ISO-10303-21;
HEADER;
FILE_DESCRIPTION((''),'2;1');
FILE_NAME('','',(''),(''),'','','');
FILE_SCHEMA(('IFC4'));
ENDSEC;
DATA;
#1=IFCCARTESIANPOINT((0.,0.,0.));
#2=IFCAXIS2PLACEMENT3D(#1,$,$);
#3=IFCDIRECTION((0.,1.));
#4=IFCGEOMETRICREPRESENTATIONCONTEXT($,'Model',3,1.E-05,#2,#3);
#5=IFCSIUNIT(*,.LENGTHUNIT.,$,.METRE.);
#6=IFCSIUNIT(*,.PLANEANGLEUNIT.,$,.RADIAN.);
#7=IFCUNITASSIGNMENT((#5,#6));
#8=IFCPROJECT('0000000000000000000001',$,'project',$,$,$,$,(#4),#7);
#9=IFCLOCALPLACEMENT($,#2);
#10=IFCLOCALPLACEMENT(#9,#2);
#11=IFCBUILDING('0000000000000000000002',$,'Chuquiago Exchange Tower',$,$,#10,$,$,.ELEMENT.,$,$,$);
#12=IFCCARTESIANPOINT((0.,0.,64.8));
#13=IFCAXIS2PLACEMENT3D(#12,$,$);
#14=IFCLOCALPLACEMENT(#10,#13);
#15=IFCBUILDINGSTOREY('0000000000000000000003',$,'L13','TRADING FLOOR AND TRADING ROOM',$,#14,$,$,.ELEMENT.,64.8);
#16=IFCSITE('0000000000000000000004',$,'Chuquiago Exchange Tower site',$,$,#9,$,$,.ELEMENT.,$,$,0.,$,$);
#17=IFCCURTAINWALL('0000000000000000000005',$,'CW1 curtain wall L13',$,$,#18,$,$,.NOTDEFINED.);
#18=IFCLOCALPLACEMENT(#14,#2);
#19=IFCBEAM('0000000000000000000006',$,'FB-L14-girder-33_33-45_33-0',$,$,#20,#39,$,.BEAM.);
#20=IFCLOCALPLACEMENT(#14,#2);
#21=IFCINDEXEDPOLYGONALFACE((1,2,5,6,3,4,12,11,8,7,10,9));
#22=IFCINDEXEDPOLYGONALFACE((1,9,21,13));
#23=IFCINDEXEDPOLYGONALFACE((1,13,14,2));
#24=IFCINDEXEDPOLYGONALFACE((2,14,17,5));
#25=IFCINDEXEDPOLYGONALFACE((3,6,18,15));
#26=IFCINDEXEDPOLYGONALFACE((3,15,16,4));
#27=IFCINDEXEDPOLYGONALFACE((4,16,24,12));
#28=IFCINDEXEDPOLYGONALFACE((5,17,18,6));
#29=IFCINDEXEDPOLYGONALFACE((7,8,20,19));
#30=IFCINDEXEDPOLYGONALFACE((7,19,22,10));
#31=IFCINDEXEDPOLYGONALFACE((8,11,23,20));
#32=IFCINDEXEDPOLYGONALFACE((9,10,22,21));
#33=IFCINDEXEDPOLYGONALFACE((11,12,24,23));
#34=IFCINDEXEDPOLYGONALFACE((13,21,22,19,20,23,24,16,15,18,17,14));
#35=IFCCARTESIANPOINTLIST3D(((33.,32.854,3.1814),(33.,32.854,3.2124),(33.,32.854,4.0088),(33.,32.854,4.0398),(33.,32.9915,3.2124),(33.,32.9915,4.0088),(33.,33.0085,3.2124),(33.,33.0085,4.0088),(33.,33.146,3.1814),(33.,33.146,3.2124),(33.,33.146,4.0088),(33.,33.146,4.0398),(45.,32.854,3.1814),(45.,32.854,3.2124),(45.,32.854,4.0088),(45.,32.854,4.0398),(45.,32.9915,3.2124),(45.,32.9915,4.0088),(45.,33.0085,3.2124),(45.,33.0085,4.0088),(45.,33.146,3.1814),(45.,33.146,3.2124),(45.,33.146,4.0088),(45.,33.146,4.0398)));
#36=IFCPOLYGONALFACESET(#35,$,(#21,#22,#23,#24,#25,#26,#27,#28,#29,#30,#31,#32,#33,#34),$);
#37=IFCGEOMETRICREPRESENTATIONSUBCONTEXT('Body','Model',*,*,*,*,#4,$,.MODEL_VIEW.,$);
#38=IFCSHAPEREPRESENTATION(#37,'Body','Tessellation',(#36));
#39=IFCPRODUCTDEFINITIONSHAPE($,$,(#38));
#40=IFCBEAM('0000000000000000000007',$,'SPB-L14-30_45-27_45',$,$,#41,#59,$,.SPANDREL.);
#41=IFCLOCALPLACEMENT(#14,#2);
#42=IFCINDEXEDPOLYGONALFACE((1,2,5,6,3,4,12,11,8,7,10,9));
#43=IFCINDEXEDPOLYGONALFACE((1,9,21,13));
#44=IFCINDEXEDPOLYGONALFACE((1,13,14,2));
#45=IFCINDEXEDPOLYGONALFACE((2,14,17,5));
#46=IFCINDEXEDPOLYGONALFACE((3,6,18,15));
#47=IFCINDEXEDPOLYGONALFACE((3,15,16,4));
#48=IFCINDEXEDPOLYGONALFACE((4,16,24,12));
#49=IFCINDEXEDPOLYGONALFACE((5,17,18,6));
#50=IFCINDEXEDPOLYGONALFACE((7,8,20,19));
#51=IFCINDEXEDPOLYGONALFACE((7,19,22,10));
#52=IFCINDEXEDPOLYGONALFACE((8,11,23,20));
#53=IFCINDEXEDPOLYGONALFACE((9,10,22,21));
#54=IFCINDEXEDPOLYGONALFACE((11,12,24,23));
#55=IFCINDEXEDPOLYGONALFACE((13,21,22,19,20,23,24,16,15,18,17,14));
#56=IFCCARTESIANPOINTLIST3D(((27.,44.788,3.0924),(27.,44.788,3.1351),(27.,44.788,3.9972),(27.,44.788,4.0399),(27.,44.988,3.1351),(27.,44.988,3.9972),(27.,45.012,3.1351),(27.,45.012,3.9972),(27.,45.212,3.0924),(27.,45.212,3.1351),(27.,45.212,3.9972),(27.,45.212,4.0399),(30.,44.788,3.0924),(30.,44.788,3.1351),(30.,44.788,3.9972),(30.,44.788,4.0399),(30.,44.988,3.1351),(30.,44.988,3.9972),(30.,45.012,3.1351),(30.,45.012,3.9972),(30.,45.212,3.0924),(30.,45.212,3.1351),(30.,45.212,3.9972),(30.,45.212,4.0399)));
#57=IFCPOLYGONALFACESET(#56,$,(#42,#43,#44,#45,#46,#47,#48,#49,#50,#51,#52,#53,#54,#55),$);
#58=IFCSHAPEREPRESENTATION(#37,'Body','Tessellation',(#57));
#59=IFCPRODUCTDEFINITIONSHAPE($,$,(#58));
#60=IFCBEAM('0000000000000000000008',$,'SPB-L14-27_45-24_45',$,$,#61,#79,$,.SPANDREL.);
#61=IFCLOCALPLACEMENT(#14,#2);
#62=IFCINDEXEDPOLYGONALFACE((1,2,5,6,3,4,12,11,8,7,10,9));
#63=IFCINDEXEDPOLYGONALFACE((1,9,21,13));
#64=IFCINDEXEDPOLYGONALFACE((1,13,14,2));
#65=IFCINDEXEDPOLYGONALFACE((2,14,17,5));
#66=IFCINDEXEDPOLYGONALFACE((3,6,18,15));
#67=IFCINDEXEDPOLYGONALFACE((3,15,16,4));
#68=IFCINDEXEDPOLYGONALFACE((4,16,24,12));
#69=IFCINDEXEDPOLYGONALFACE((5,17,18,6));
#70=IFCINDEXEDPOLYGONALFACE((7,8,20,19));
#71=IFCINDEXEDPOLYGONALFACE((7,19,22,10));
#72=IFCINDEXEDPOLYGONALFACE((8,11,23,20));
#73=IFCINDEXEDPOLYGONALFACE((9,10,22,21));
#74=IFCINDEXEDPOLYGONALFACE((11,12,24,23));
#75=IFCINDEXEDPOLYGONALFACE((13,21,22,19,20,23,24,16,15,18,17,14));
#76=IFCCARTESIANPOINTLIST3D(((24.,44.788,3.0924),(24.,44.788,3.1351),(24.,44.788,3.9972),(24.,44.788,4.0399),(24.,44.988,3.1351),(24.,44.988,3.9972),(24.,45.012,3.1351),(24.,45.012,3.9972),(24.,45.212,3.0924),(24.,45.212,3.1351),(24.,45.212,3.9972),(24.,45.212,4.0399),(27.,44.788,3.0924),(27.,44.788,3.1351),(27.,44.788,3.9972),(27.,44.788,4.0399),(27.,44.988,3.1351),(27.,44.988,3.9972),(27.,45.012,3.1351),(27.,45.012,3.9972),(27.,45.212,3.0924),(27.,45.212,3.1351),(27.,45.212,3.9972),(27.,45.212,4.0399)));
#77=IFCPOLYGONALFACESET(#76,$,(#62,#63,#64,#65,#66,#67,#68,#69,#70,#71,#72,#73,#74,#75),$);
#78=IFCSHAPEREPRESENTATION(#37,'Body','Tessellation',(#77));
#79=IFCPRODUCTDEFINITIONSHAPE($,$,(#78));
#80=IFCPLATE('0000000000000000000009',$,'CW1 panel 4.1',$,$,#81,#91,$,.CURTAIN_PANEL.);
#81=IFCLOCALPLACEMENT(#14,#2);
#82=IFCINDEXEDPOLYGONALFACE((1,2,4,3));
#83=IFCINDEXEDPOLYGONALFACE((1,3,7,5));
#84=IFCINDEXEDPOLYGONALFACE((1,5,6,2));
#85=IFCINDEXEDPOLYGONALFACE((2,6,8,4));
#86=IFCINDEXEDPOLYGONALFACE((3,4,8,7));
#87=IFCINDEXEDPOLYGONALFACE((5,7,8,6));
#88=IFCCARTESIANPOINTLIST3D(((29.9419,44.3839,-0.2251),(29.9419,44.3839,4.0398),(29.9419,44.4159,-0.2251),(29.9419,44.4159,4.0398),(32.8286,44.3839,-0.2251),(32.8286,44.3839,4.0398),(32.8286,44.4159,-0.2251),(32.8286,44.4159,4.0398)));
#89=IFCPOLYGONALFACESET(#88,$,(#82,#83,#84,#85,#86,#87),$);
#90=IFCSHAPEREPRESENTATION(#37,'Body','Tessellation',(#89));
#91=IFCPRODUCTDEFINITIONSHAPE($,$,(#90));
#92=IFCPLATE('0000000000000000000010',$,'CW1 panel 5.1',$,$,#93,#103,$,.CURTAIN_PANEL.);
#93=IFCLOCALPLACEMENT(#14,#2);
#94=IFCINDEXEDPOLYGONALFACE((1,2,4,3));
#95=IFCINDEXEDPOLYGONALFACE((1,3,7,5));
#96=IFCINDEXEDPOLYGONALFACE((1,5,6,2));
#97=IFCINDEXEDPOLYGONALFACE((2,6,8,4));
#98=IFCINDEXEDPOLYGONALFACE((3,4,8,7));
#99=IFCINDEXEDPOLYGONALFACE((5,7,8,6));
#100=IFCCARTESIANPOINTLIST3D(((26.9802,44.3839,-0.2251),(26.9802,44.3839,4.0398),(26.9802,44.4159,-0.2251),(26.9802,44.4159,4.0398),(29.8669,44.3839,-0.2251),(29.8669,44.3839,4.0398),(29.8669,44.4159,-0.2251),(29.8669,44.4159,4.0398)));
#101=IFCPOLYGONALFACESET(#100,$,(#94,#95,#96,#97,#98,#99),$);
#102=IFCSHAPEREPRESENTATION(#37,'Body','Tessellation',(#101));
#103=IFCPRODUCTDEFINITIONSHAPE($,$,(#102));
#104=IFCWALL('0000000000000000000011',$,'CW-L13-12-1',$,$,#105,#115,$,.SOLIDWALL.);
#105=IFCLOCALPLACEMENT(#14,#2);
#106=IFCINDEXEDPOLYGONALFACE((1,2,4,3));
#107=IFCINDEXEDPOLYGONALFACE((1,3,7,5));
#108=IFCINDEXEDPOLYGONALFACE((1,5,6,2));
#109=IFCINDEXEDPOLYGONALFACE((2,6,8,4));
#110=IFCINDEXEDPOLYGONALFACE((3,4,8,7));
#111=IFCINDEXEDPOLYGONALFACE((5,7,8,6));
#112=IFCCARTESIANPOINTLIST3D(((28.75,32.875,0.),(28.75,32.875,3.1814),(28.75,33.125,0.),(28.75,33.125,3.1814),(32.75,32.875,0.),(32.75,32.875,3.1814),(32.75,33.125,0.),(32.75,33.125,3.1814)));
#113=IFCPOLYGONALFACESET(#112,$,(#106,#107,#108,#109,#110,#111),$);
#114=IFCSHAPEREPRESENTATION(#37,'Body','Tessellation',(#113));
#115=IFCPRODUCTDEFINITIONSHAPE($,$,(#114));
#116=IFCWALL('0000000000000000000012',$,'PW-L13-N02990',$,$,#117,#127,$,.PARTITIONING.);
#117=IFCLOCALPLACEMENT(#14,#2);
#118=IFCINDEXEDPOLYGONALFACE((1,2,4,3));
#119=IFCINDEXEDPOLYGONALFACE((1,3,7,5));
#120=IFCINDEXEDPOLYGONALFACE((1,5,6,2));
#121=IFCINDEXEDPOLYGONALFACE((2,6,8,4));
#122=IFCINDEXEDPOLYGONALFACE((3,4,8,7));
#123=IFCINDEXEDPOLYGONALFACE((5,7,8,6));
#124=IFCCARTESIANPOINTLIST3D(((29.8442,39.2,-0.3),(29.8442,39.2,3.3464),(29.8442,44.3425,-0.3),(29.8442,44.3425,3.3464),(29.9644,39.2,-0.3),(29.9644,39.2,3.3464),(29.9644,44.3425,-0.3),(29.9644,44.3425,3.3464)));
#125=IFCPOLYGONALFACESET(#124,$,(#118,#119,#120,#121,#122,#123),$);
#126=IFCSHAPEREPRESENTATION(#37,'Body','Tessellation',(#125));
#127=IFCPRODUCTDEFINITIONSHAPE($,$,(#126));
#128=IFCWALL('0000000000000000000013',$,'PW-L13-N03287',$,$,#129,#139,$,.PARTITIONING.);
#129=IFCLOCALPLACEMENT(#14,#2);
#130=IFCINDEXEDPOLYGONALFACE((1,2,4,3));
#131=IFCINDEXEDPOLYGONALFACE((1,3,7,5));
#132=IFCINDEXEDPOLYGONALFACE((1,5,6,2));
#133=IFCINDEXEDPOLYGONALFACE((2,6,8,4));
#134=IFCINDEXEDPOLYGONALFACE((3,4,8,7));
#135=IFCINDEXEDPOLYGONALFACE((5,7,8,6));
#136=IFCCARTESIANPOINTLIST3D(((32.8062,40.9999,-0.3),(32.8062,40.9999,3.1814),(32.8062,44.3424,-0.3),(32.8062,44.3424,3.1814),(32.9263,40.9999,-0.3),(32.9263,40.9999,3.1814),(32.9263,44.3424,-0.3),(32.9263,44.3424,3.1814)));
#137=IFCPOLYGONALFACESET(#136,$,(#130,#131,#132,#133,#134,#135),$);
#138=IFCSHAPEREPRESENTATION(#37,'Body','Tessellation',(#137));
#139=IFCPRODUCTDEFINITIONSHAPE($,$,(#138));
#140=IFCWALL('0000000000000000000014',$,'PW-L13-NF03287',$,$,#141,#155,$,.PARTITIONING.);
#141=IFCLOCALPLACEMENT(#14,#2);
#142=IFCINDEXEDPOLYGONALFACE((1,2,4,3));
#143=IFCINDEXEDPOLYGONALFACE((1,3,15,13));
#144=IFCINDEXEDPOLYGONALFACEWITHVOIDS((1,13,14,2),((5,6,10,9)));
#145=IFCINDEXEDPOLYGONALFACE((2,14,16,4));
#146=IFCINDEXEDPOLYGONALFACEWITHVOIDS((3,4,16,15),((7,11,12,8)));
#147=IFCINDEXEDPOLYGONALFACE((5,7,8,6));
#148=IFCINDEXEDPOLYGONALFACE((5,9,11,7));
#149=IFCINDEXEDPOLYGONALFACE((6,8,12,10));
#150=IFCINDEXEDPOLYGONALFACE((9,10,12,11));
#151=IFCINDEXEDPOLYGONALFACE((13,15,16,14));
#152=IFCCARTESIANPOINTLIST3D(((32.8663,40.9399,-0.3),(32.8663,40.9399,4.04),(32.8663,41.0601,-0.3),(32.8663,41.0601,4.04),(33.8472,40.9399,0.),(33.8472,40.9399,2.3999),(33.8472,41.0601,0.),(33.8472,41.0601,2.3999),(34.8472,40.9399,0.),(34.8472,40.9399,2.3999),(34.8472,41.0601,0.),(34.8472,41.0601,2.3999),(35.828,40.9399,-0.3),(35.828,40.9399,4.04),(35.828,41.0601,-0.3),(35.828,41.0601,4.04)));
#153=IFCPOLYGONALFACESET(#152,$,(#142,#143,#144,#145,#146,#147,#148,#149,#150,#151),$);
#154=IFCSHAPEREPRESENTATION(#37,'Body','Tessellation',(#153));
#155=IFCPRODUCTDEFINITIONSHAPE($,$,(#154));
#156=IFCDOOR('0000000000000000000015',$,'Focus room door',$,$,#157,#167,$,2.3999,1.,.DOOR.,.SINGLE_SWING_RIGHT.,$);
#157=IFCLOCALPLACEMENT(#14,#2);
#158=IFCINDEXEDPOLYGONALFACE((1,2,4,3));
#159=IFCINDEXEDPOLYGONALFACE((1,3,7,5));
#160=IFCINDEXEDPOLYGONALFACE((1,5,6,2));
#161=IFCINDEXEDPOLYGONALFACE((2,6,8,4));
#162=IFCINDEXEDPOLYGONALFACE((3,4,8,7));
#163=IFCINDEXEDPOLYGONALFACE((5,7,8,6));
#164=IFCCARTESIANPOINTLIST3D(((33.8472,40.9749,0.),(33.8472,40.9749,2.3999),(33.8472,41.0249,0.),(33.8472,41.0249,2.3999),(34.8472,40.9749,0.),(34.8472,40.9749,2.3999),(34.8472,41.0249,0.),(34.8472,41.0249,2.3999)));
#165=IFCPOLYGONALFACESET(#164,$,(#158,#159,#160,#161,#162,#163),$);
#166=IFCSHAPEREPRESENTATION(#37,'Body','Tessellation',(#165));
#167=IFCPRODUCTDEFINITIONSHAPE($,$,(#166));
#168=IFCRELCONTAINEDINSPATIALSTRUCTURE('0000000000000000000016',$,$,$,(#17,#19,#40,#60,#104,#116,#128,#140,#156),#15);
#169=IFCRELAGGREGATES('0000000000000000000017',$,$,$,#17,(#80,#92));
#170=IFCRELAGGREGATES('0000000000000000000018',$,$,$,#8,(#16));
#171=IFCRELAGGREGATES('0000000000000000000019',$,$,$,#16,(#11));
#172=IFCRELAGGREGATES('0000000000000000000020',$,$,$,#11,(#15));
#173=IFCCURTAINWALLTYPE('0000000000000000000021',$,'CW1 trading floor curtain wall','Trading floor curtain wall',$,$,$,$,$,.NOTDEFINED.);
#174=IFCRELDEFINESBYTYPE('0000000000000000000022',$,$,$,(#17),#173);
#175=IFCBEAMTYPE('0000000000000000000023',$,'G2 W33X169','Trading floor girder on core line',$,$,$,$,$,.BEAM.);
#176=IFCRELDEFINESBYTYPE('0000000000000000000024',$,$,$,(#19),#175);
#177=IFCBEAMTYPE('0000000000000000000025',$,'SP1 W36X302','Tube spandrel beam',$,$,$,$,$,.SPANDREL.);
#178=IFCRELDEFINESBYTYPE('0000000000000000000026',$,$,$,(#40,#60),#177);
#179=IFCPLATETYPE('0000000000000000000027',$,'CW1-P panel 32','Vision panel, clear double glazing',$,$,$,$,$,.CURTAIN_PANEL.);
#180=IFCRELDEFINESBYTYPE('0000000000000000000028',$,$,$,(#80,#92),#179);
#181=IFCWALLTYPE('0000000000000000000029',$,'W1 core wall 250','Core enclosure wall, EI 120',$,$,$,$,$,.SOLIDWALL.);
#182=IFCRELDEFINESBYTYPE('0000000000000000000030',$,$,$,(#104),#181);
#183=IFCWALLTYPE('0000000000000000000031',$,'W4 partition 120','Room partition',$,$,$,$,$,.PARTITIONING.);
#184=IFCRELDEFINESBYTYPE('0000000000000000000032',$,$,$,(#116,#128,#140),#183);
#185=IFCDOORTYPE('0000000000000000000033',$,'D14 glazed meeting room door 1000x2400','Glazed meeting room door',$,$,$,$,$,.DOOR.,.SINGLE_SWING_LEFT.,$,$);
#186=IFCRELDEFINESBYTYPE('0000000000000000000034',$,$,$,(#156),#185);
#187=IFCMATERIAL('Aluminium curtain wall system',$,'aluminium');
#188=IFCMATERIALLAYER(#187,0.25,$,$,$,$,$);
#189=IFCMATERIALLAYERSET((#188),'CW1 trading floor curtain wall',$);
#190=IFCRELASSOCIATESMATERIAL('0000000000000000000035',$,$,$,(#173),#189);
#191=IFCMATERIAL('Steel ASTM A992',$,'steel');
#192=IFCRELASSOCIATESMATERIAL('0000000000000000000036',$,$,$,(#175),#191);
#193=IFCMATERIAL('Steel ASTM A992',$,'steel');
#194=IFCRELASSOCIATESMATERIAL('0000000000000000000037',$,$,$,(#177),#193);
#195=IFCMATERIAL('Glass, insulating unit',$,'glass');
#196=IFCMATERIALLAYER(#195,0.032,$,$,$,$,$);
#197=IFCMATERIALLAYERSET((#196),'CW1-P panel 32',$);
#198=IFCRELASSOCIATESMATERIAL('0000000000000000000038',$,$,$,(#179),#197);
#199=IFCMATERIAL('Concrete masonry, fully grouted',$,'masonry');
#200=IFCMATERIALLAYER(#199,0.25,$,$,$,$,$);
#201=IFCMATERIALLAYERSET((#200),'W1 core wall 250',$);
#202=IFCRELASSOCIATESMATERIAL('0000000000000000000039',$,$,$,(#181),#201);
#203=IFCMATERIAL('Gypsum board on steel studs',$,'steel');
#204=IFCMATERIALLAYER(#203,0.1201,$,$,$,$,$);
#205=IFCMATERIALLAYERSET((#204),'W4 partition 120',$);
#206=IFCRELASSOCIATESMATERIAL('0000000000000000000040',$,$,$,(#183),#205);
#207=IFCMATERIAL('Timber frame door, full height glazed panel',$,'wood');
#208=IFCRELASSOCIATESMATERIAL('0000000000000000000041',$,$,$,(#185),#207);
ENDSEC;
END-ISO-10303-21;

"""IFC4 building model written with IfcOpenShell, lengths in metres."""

from ifc_helpers import new_model, si_unit, direction, frame, frame_2d, origin, origin_2d, place, context, subcontext, project, spatial, rectangle, i_section, extrude, material, layer, layer_set, material_profile, profile_set, type_object, element, fill, aggregate, save


model = new_model("IFC4")

# Units and contexts
model_context = context("Model", 3, precision=1e-05, world=origin(), true_north=direction((0.0, 1.0)))
body_context = subcontext(model_context, "Body", "Model", "MODEL_VIEW")
ifc_project = project(units=[si_unit("LENGTHUNIT", "METRE"), si_unit("PLANEANGLEUNIT", "RADIAN")], contexts=[model_context])

# Site, building, storey
site_placement = place(None, origin())
site = spatial("IfcSite", under=ifc_project, at=site_placement, Name="Chuquiago Exchange Tower site", CompositionType="ELEMENT", RefElevation=0.0)
building_placement = place(site_placement, origin())
building = spatial("IfcBuilding", under=site, at=building_placement, Name="Chuquiago Exchange Tower", CompositionType="ELEMENT")
storey_placement = place(building_placement, frame((0.0, 0.0, 64.8)))
storey = spatial("IfcBuildingStorey", under=building, at=storey_placement, Name="L13", Description="TRADING FLOOR AND TRADING ROOM", CompositionType="ELEMENT", Elevation=64.8)

# Curtain wall
ifc_material_1 = material(Name="Aluminium curtain wall system", Category="aluminium")
ifc_layer_1 = layer(ifc_material_1, 0.25)
ifc_layer_set_1 = layer_set([ifc_layer_1], Name="CW1 trading floor curtain wall")
curtain_wall_type = type_object("IfcCurtainWallType", Name="CW1 trading floor curtain wall", Description="Trading floor curtain wall", PredefinedType="NOTDEFINED", material=ifc_layer_set_1)
curtain_wall_placement = place(storey_placement, origin())
curtain_wall = element("IfcCurtainWall", 1, at=curtain_wall_placement, inside=storey, type_object=curtain_wall_type, Name="CW1 curtain wall L13", PredefinedType="NOTDEFINED")

# Beams
ifc_material_2 = material(Name="Steel ASTM A992", Category="steel")
ifc_material_profile_1 = material_profile(ifc_material_2, i_section(OverallWidth=0.292, OverallDepth=0.8584, WebThickness=0.0171, FlangeThickness=0.031, at=origin_2d()), Name="W33X169")
ifc_profile_set_1 = profile_set([ifc_material_profile_1], Name="Steel ASTM A992")
beam_type_1 = type_object("IfcBeamType", Name="G2 W33X169", Description="Trading floor girder on core line", PredefinedType="BEAM", material=ifc_profile_set_1)
for number, where, z_axis, x_axis, name in (
    (2, (33.0, 33.0, 3.6106), (1.0, 0.0, 0.0), (0.0, 1.0, 0.0), "FB-L14-girder-33_33-45_33-0"),
):
    element("IfcBeam", number, at=place(storey_placement, frame(where, z_axis=z_axis, x_axis=x_axis)), inside=storey, type_object=beam_type_1, Name=name, PredefinedType="BEAM", context=body_context, shape_type="SweptSolid", body=[
        extrude(i_section(OverallWidth=0.292, OverallDepth=0.8584, WebThickness=0.0171, FlangeThickness=0.031, at=origin_2d()), origin(), (0.0, 0.0, 1.0), 12.0),
    ])
ifc_material_3 = material(Name="Steel ASTM A992", Category="steel")
ifc_material_profile_2 = material_profile(ifc_material_3, i_section(OverallWidth=0.4241, OverallDepth=0.9475, WebThickness=0.0239, FlangeThickness=0.0427, at=origin_2d()), Name="W36X302")
ifc_profile_set_2 = profile_set([ifc_material_profile_2], Name="Steel ASTM A992")
beam_type_2 = type_object("IfcBeamType", Name="SP1 W36X302", Description="Tube spandrel beam", PredefinedType="SPANDREL", material=ifc_profile_set_2)
for number, where, z_axis, x_axis, name in (
    (3, (30.0, 45.0, 3.5662), (-1.0, 0.0, 0.0), (0.0, -1.0, 0.0), "SPB-L14-30_45-27_45"),
    (4, (27.0, 45.0, 3.5662), (-1.0, 0.0, 0.0), (0.0, -1.0, 0.0), "SPB-L14-27_45-24_45"),
):
    element("IfcBeam", number, at=place(storey_placement, frame(where, z_axis=z_axis, x_axis=x_axis)), inside=storey, type_object=beam_type_2, Name=name, PredefinedType="SPANDREL", context=body_context, shape_type="SweptSolid", body=[
        extrude(i_section(OverallWidth=0.4241, OverallDepth=0.9475, WebThickness=0.0239, FlangeThickness=0.0427, at=origin_2d()), origin(), (0.0, 0.0, 1.0), 3.0),
    ])

# Plates
ifc_material_4 = material(Name="Glass, insulating unit", Category="glass")
ifc_layer_2 = layer(ifc_material_4, 0.032)
ifc_layer_set_2 = layer_set([ifc_layer_2], Name="CW1-P panel 32")
plate_type = type_object("IfcPlateType", Name="CW1-P panel 32", Description="Vision panel, clear double glazing", PredefinedType="CURTAIN_PANEL", material=ifc_layer_set_2)
plate_1_placement = place(storey_placement, frame((31.3853, 44.3999, -0.2251), z_axis=(0.0, 0.0, 1.0), x_axis=(-1.0, 0.0, 0.0)))
plate_1 = element("IfcPlate", 5, at=plate_1_placement, type_object=plate_type, Name="CW1 panel 4.1", PredefinedType="CURTAIN_PANEL", context=body_context, shape_type="SweptSolid", body=[
    extrude(rectangle(XDim=2.8867, YDim=0.032, at=origin_2d()), origin(), (0.0, 0.0, 1.0), 4.2649),
])
plate_2_placement = place(storey_placement, frame((28.4236, 44.3999, -0.2251), z_axis=(0.0, 0.0, 1.0), x_axis=(-1.0, 0.0, 0.0)))
plate_2 = element("IfcPlate", 6, at=plate_2_placement, type_object=plate_type, Name="CW1 panel 5.1", PredefinedType="CURTAIN_PANEL", context=body_context, shape_type="SweptSolid", body=[
    extrude(rectangle(XDim=2.8867, YDim=0.032, at=origin_2d()), origin(), (0.0, 0.0, 1.0), 4.2649),
])
aggregate(curtain_wall, [plate_1, plate_2])

# Walls
ifc_material_5 = material(Name="Concrete masonry, fully grouted", Category="masonry")
ifc_layer_3 = layer(ifc_material_5, 0.25)
ifc_layer_set_3 = layer_set([ifc_layer_3], Name="W1 core wall 250")
wall_type_1 = type_object("IfcWallType", Name="W1 core wall 250", Description="Core enclosure wall, EI 120", PredefinedType="SOLIDWALL", material=ifc_layer_set_3)
wall_1_placement = place(storey_placement, frame((28.75, 33.0, 0.0), z_axis=(0.0, 0.0, 1.0), x_axis=(1.0, 0.0, 0.0)))
element("IfcWall", 7, at=wall_1_placement, inside=storey, type_object=wall_type_1, Name="CW-L13-12-1", PredefinedType="SOLIDWALL", context=body_context, shape_type="SweptSolid", body=[
    extrude(rectangle(XDim=4.0, YDim=0.25, at=frame_2d((2.0, 0.0))), origin(), (0.0, 0.0, 1.0), 3.1814),
])
ifc_material_6 = material(Name="Gypsum board on steel studs", Category="steel")
ifc_layer_4 = layer(ifc_material_6, 0.1201)
ifc_layer_set_4 = layer_set([ifc_layer_4], Name="W4 partition 120")
wall_type_2 = type_object("IfcWallType", Name="W4 partition 120", Description="Room partition", PredefinedType="PARTITIONING", material=ifc_layer_set_4)
wall_2_placement = place(storey_placement, frame((29.9043, 44.3425, -0.3), z_axis=(0.0, 0.0, 1.0), x_axis=(0.0, -1.0, 0.0)))
element("IfcWall", 8, at=wall_2_placement, inside=storey, type_object=wall_type_2, Name="PW-L13-N02990", PredefinedType="PARTITIONING", context=body_context, shape_type="SweptSolid", body=[
    extrude(rectangle(XDim=5.1426, YDim=0.1201, at=frame_2d((2.5713, 0.0))), origin(), (0.0, 0.0, 1.0), 3.6465),
])
wall_3_placement = place(storey_placement, frame((32.8662, 44.3425, -0.3), z_axis=(0.0, 0.0, 1.0), x_axis=(0.0, -1.0, 0.0)))
element("IfcWall", 9, at=wall_3_placement, inside=storey, type_object=wall_type_2, Name="PW-L13-N03287", PredefinedType="PARTITIONING", context=body_context, shape_type="SweptSolid", body=[
    extrude(rectangle(XDim=3.3425, YDim=0.1201, at=frame_2d((1.6714, 0.0))), origin(), (0.0, 0.0, 1.0), 3.4814),
])

# Wall, opening, door
wall_4_placement = place(storey_placement, frame((32.8662, 41.0, -0.3), z_axis=(0.0, 0.0, 1.0), x_axis=(1.0, 0.0, 0.0)))
wall_4 = element("IfcWall", 10, at=wall_4_placement, inside=storey, type_object=wall_type_2, Name="PW-L13-NF03287", PredefinedType="PARTITIONING", context=body_context, shape_type="SweptSolid", body=[
    extrude(rectangle(XDim=2.9617, YDim=0.1201, at=frame_2d((1.481, 0.0))), origin(), (0.0, 0.0, 1.0), 4.3401),
])
opening_placement = place(wall_4_placement, frame((0.981, 0.0, 0.3)))
opening = element("IfcOpeningElement", 11, at=opening_placement, cuts=wall_4, PredefinedType="OPENING", context=body_context, shape_type="SweptSolid", body=[
    extrude(rectangle(XDim=1.0, YDim=2.3999, at=frame_2d((0.5, 1.2))), frame((0.0, 0.0701, 0.0), z_axis=(0.0, -1.0, 0.0), x_axis=(1.0, 0.0, 0.0)), (0.0, 0.0, 1.0), 0.1401),
])
ifc_material_7 = material(Name="Timber frame door, full height glazed panel", Category="wood")
door_type = type_object("IfcDoorType", Name="D14 glazed meeting room door 1000x2400", Description="Glazed meeting room door", OperationType="SINGLE_SWING_LEFT", PredefinedType="DOOR", material=ifc_material_7)
door_placement = place(opening_placement, origin())
door = element("IfcDoor", 12, at=door_placement, inside=storey, type_object=door_type, Name="Focus room door", OperationType="SINGLE_SWING_RIGHT", OverallHeight=2.3999, OverallWidth=1.0, PredefinedType="DOOR", context=body_context, shape_type="SweptSolid", body=[
    extrude(rectangle(XDim=1.0, YDim=2.3999, at=frame_2d((0.5, 1.2))), frame((0.0, 0.0249, 0.0), z_axis=(0.0, -1.0, 0.0), x_axis=(1.0, 0.0, 0.0)), (0.0, 0.0, 1.0), 0.05),
])
fill(opening, door)

save(model, "model.ifc")
